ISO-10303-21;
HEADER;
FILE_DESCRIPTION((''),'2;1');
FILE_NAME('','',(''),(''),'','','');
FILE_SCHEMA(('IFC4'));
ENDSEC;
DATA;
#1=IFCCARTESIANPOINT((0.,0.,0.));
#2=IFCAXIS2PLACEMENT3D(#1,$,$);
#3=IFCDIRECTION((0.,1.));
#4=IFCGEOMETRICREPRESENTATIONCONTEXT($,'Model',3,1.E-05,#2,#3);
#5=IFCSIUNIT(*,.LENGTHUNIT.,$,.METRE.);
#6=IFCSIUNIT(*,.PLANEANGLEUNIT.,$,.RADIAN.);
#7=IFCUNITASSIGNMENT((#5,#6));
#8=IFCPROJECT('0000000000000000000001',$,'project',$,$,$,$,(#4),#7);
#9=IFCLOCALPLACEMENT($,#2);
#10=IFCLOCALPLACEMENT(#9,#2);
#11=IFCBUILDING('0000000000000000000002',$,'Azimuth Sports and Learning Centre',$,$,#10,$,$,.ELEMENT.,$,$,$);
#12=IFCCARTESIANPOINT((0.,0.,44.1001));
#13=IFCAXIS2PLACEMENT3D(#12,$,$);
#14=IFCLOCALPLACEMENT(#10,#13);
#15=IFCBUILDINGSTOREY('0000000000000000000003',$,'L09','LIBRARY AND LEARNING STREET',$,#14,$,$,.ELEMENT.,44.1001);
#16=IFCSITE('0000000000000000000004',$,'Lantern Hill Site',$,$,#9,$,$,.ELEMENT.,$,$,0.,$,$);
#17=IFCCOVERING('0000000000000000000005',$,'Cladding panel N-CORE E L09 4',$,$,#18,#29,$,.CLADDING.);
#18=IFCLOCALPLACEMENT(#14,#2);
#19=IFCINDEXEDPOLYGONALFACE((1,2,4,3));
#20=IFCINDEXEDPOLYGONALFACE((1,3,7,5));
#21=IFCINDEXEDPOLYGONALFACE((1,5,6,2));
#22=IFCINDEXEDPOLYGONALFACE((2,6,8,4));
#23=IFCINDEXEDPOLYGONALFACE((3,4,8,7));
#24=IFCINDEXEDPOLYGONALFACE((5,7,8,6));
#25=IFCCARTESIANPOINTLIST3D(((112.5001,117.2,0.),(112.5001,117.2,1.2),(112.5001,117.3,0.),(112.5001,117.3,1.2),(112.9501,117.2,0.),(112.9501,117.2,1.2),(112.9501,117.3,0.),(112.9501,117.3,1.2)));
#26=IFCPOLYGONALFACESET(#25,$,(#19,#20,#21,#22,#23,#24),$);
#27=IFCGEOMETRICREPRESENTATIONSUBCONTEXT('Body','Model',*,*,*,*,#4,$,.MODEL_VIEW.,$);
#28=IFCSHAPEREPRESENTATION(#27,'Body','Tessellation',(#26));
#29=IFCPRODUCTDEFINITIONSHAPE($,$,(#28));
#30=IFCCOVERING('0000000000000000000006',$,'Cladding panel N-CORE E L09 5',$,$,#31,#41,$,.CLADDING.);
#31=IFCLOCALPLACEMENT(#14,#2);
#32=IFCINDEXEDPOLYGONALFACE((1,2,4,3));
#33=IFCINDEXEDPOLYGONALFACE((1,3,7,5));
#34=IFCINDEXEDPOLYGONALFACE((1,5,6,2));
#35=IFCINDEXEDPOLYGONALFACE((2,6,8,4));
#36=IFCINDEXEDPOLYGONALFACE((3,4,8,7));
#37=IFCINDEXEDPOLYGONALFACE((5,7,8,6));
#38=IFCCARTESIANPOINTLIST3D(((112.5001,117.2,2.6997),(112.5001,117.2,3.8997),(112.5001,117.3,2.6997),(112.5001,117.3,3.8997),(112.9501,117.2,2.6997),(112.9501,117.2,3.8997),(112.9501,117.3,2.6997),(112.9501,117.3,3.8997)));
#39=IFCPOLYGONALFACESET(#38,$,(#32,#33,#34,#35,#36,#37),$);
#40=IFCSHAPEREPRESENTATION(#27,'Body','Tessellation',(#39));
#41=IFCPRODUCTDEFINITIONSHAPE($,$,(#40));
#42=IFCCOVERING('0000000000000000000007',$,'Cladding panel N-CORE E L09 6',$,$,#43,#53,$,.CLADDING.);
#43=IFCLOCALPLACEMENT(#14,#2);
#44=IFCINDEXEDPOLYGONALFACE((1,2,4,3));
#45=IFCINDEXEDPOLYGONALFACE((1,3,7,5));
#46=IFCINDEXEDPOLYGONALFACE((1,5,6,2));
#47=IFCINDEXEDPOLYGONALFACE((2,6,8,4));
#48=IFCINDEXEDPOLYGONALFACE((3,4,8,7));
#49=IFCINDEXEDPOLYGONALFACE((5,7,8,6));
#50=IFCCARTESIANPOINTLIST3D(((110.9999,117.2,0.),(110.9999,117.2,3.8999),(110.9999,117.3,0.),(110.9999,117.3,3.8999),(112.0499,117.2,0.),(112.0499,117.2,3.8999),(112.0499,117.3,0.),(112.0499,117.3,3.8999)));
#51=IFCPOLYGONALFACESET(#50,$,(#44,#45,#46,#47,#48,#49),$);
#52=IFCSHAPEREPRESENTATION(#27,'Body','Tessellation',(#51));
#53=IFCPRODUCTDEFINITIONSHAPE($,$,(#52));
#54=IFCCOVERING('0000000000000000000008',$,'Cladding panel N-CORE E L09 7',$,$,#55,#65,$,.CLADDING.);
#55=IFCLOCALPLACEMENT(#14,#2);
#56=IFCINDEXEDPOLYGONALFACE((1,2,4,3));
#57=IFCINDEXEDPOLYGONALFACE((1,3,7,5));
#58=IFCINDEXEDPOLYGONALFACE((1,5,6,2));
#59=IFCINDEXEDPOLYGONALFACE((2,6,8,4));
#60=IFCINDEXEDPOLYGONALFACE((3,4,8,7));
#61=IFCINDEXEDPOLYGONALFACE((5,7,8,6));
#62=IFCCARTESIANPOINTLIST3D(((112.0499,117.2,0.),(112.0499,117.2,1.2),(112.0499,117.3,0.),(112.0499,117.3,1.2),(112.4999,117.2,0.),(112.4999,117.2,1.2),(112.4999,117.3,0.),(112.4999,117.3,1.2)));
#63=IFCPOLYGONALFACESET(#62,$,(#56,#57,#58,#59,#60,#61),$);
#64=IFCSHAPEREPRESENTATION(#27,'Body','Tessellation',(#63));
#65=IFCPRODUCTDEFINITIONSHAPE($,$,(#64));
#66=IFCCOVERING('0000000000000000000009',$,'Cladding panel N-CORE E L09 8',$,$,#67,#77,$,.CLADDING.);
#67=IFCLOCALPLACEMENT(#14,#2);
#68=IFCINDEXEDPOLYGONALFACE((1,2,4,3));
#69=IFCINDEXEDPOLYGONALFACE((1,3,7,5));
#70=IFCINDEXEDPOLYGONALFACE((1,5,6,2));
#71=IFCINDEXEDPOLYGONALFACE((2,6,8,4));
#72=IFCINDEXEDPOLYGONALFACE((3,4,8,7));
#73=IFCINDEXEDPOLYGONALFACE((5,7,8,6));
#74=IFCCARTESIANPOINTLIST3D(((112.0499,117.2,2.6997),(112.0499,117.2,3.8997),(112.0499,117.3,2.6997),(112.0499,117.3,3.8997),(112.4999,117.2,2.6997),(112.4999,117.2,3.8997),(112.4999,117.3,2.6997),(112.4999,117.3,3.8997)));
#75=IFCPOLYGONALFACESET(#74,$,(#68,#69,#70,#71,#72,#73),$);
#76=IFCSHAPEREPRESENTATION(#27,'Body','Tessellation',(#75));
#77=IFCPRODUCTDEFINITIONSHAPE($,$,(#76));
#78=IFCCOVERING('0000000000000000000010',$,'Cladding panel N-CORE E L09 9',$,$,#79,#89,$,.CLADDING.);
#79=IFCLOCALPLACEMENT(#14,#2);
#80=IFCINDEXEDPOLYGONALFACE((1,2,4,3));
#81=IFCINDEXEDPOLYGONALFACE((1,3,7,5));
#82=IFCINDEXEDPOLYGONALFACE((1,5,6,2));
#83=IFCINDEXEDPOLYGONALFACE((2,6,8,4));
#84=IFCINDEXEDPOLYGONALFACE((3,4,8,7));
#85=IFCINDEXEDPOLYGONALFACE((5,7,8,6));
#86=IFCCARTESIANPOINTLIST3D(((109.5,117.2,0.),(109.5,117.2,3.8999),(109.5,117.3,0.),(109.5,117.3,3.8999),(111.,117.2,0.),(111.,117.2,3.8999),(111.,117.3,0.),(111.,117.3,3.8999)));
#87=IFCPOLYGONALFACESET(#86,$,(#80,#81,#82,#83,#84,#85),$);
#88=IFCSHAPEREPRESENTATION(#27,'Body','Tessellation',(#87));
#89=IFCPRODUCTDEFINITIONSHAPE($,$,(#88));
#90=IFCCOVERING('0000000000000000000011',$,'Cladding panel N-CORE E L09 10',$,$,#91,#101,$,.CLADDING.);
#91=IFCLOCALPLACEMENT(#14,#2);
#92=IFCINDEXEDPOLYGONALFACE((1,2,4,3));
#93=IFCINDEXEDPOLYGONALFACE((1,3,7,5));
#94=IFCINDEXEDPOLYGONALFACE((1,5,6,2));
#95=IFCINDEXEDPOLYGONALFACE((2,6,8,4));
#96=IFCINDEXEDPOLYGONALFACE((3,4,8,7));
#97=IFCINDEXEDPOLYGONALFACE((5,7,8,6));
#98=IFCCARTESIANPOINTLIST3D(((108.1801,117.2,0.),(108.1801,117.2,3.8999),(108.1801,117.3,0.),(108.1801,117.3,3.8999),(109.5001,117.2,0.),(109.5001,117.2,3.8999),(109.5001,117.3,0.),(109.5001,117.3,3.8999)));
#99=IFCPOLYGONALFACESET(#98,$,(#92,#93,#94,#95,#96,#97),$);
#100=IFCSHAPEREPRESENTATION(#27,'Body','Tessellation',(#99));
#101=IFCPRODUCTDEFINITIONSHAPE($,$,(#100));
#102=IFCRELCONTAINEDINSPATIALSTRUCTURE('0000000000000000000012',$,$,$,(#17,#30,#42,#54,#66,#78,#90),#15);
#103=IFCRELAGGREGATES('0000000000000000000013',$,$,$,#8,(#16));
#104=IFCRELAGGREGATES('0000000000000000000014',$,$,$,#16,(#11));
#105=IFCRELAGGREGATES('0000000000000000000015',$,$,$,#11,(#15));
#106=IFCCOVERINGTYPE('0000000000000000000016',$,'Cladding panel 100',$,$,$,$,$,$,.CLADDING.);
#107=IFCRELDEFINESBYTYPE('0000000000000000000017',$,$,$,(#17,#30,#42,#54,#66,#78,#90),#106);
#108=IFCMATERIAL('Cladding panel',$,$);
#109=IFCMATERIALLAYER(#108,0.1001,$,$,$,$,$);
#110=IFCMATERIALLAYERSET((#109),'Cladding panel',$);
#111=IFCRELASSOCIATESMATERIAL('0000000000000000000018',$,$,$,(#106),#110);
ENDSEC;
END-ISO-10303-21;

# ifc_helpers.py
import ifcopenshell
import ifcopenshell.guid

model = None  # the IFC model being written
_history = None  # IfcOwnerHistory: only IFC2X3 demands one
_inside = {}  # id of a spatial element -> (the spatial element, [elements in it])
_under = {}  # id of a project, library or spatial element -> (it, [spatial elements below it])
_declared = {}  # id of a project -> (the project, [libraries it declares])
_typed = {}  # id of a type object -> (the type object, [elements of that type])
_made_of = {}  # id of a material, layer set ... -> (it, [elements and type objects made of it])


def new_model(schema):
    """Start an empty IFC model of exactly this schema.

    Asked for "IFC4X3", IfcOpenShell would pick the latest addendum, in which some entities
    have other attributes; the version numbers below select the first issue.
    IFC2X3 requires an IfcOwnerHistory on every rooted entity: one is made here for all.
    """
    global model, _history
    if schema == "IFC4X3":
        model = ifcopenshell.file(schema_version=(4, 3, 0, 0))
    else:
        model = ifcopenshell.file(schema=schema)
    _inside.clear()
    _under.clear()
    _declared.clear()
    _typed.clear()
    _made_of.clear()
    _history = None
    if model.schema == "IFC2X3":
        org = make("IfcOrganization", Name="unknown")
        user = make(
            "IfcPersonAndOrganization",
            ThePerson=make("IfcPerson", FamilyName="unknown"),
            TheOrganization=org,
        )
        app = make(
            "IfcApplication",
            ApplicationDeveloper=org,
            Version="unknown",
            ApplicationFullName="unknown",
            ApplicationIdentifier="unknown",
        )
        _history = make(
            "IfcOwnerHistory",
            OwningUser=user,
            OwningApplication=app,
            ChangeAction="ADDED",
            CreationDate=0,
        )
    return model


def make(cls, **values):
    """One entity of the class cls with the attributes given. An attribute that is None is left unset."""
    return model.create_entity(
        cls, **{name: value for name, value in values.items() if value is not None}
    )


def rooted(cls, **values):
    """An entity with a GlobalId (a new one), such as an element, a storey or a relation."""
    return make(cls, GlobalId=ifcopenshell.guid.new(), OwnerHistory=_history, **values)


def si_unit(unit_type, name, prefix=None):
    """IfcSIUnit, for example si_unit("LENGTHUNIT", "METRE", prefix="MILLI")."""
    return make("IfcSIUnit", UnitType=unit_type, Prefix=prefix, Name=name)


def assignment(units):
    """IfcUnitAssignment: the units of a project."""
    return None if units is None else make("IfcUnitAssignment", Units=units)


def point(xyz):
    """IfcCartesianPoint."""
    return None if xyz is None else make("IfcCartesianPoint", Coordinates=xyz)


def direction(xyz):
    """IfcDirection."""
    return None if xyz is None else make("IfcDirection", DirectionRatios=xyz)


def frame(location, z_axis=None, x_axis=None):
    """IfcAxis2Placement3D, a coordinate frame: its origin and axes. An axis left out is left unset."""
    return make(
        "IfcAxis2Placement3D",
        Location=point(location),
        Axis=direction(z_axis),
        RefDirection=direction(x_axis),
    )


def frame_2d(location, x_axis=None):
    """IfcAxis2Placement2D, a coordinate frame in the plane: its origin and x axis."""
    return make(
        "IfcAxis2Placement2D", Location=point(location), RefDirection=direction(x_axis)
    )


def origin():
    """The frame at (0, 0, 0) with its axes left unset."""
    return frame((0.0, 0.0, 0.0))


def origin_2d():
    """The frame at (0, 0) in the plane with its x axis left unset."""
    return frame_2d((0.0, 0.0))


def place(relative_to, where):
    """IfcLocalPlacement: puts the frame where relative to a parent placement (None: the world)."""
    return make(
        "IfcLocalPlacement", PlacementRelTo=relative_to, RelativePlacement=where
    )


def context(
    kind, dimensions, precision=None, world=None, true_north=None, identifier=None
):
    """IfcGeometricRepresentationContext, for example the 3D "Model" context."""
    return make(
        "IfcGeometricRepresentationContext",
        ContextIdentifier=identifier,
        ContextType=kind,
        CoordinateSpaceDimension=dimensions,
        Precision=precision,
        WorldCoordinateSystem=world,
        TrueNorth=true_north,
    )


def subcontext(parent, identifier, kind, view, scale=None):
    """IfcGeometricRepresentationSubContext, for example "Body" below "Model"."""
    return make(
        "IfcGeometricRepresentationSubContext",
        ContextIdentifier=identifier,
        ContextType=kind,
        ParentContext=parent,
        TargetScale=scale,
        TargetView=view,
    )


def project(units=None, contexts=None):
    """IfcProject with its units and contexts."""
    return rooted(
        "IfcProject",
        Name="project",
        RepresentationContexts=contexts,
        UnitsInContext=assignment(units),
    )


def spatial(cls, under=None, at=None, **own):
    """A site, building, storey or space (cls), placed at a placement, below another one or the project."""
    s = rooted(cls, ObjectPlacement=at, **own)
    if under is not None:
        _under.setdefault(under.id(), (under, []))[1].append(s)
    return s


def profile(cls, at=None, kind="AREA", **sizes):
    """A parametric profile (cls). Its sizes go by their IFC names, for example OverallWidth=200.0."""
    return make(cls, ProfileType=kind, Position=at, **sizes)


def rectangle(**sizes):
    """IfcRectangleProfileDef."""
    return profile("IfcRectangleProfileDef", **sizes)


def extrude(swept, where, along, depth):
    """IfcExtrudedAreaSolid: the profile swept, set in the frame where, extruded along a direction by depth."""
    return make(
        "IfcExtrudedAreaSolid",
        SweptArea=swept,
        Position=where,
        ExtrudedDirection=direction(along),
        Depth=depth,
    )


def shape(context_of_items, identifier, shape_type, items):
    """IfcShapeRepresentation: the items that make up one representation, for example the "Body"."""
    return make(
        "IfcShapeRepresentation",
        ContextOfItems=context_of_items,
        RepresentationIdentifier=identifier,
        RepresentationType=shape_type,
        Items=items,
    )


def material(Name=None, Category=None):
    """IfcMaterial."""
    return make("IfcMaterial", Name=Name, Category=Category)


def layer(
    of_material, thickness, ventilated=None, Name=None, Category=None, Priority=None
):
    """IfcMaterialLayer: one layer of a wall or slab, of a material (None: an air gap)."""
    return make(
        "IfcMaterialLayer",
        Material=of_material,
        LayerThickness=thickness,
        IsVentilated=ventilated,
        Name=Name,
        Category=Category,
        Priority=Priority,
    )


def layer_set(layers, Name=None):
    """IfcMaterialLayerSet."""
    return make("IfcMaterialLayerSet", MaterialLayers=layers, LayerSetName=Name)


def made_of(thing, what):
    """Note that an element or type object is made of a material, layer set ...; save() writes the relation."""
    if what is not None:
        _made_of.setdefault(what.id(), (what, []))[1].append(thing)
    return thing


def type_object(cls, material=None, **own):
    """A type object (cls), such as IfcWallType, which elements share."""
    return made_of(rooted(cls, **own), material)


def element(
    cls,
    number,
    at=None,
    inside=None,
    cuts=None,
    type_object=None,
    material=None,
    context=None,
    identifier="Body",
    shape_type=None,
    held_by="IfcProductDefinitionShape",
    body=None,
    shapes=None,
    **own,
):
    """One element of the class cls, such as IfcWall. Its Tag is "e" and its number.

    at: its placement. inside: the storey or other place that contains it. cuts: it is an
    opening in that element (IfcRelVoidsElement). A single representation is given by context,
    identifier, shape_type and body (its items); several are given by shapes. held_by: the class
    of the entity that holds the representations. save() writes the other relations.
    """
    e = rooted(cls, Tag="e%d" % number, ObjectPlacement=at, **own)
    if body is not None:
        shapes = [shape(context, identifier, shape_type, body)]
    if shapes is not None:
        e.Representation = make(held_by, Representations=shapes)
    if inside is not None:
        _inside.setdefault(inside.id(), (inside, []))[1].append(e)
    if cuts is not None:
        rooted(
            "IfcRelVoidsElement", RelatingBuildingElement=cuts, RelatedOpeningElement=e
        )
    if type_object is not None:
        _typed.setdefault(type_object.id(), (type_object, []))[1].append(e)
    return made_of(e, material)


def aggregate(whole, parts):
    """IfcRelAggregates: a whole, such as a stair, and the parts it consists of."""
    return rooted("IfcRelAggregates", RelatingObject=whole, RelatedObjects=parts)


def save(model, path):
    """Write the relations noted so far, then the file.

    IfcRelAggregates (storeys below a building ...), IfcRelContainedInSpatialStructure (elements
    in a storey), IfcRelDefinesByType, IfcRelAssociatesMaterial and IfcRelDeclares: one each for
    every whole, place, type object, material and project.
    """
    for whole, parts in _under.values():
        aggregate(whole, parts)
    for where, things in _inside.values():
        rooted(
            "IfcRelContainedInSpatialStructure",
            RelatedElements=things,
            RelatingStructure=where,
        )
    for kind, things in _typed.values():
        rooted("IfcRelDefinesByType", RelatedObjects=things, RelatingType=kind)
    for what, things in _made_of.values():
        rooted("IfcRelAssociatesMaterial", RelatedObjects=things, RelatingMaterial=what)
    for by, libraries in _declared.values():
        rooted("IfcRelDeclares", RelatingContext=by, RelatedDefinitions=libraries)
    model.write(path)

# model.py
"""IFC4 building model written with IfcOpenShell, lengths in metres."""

from ifc_helpers import new_model, si_unit, direction, frame, origin, origin_2d, place, context, subcontext, project, spatial, rectangle, extrude, material, layer, layer_set, type_object, element, save


model = new_model("IFC4")

# Units and contexts
model_context = context("Model", 3, precision=1e-05, world=origin(), true_north=direction((0.0, 1.0)))
body_context = subcontext(model_context, "Body", "Model", "MODEL_VIEW")
ifc_project = project(units=[si_unit("LENGTHUNIT", "METRE"), si_unit("PLANEANGLEUNIT", "RADIAN")], contexts=[model_context])

# Site, building, storey
site_placement = place(None, origin())
site = spatial("IfcSite", under=ifc_project, at=site_placement, Name="Lantern Hill Site", CompositionType="ELEMENT", RefElevation=0.0)
building_placement = place(site_placement, origin())
building = spatial("IfcBuilding", under=site, at=building_placement, Name="Azimuth Sports and Learning Centre", CompositionType="ELEMENT")
storey_placement = place(building_placement, frame((0.0, 0.0, 44.1001)))
storey = spatial("IfcBuildingStorey", under=building, at=storey_placement, Name="L09", Description="LIBRARY AND LEARNING STREET", CompositionType="ELEMENT", Elevation=44.1001)

# Coverings
ifc_material_1 = material(Name="Cladding panel")
ifc_layer_1 = layer(ifc_material_1, 0.1001)
ifc_layer_set_1 = layer_set([ifc_layer_1], Name="Cladding panel")
covering_type = type_object("IfcCoveringType", Name="Cladding panel 100", PredefinedType="CLADDING", material=ifc_layer_set_1)
for number, where, z_axis, x_axis, name in (
    (1, (112.7251, 117.25, 0.0), (0.0, 0.0, 1.0), (-1.0, 0.0, 0.0), "Cladding panel N-CORE E L09 4"),
    (2, (112.7251, 117.25, 2.6997), (0.0, 0.0, 1.0), (-1.0, 0.0, 0.0), "Cladding panel N-CORE E L09 5"),
):
    element("IfcCovering", number, at=place(storey_placement, frame(where, z_axis=z_axis, x_axis=x_axis)), inside=storey, type_object=covering_type, Name=name, PredefinedType="CLADDING", context=body_context, shape_type="SweptSolid", body=[
        extrude(rectangle(XDim=0.45, YDim=0.1001, at=origin_2d()), origin(), (0.0, 0.0, 1.0), 1.2),
    ])
covering_1_placement = place(storey_placement, frame((111.5249, 117.25, 0.0), z_axis=(0.0, 0.0, 1.0), x_axis=(-1.0, 0.0, 0.0)))
element("IfcCovering", 3, at=covering_1_placement, inside=storey, type_object=covering_type, Name="Cladding panel N-CORE E L09 6", PredefinedType="CLADDING", context=body_context, shape_type="SweptSolid", body=[
    extrude(rectangle(XDim=1.05, YDim=0.1001, at=origin_2d()), origin(), (0.0, 0.0, 1.0), 3.8999),
])
for number, where, z_axis, x_axis, name in (
    (4, (112.2749, 117.25, 0.0), (0.0, 0.0, 1.0), (-1.0, 0.0, 0.0), "Cladding panel N-CORE E L09 7"),
    (5, (112.2749, 117.25, 2.6997), (0.0, 0.0, 1.0), (-1.0, 0.0, 0.0), "Cladding panel N-CORE E L09 8"),
):
    element("IfcCovering", number, at=place(storey_placement, frame(where, z_axis=z_axis, x_axis=x_axis)), inside=storey, type_object=covering_type, Name=name, PredefinedType="CLADDING", context=body_context, shape_type="SweptSolid", body=[
        extrude(rectangle(XDim=0.45, YDim=0.1001, at=origin_2d()), origin(), (0.0, 0.0, 1.0), 1.2),
    ])
covering_2_placement = place(storey_placement, frame((110.25, 117.25, 0.0), z_axis=(0.0, 0.0, 1.0), x_axis=(-1.0, 0.0, 0.0)))
element("IfcCovering", 6, at=covering_2_placement, inside=storey, type_object=covering_type, Name="Cladding panel N-CORE E L09 9", PredefinedType="CLADDING", context=body_context, shape_type="SweptSolid", body=[
    extrude(rectangle(XDim=1.5, YDim=0.1001, at=origin_2d()), origin(), (0.0, 0.0, 1.0), 3.8999),
])
covering_3_placement = place(storey_placement, frame((108.8401, 117.25, 0.0), z_axis=(0.0, 0.0, 1.0), x_axis=(-1.0, 0.0, 0.0)))
element("IfcCovering", 7, at=covering_3_placement, inside=storey, type_object=covering_type, Name="Cladding panel N-CORE E L09 10", PredefinedType="CLADDING", context=body_context, shape_type="SweptSolid", body=[
    extrude(rectangle(XDim=1.3201, YDim=0.1001, at=origin_2d()), origin(), (0.0, 0.0, 1.0), 3.8999),
])

save(model, "model.ifc")
